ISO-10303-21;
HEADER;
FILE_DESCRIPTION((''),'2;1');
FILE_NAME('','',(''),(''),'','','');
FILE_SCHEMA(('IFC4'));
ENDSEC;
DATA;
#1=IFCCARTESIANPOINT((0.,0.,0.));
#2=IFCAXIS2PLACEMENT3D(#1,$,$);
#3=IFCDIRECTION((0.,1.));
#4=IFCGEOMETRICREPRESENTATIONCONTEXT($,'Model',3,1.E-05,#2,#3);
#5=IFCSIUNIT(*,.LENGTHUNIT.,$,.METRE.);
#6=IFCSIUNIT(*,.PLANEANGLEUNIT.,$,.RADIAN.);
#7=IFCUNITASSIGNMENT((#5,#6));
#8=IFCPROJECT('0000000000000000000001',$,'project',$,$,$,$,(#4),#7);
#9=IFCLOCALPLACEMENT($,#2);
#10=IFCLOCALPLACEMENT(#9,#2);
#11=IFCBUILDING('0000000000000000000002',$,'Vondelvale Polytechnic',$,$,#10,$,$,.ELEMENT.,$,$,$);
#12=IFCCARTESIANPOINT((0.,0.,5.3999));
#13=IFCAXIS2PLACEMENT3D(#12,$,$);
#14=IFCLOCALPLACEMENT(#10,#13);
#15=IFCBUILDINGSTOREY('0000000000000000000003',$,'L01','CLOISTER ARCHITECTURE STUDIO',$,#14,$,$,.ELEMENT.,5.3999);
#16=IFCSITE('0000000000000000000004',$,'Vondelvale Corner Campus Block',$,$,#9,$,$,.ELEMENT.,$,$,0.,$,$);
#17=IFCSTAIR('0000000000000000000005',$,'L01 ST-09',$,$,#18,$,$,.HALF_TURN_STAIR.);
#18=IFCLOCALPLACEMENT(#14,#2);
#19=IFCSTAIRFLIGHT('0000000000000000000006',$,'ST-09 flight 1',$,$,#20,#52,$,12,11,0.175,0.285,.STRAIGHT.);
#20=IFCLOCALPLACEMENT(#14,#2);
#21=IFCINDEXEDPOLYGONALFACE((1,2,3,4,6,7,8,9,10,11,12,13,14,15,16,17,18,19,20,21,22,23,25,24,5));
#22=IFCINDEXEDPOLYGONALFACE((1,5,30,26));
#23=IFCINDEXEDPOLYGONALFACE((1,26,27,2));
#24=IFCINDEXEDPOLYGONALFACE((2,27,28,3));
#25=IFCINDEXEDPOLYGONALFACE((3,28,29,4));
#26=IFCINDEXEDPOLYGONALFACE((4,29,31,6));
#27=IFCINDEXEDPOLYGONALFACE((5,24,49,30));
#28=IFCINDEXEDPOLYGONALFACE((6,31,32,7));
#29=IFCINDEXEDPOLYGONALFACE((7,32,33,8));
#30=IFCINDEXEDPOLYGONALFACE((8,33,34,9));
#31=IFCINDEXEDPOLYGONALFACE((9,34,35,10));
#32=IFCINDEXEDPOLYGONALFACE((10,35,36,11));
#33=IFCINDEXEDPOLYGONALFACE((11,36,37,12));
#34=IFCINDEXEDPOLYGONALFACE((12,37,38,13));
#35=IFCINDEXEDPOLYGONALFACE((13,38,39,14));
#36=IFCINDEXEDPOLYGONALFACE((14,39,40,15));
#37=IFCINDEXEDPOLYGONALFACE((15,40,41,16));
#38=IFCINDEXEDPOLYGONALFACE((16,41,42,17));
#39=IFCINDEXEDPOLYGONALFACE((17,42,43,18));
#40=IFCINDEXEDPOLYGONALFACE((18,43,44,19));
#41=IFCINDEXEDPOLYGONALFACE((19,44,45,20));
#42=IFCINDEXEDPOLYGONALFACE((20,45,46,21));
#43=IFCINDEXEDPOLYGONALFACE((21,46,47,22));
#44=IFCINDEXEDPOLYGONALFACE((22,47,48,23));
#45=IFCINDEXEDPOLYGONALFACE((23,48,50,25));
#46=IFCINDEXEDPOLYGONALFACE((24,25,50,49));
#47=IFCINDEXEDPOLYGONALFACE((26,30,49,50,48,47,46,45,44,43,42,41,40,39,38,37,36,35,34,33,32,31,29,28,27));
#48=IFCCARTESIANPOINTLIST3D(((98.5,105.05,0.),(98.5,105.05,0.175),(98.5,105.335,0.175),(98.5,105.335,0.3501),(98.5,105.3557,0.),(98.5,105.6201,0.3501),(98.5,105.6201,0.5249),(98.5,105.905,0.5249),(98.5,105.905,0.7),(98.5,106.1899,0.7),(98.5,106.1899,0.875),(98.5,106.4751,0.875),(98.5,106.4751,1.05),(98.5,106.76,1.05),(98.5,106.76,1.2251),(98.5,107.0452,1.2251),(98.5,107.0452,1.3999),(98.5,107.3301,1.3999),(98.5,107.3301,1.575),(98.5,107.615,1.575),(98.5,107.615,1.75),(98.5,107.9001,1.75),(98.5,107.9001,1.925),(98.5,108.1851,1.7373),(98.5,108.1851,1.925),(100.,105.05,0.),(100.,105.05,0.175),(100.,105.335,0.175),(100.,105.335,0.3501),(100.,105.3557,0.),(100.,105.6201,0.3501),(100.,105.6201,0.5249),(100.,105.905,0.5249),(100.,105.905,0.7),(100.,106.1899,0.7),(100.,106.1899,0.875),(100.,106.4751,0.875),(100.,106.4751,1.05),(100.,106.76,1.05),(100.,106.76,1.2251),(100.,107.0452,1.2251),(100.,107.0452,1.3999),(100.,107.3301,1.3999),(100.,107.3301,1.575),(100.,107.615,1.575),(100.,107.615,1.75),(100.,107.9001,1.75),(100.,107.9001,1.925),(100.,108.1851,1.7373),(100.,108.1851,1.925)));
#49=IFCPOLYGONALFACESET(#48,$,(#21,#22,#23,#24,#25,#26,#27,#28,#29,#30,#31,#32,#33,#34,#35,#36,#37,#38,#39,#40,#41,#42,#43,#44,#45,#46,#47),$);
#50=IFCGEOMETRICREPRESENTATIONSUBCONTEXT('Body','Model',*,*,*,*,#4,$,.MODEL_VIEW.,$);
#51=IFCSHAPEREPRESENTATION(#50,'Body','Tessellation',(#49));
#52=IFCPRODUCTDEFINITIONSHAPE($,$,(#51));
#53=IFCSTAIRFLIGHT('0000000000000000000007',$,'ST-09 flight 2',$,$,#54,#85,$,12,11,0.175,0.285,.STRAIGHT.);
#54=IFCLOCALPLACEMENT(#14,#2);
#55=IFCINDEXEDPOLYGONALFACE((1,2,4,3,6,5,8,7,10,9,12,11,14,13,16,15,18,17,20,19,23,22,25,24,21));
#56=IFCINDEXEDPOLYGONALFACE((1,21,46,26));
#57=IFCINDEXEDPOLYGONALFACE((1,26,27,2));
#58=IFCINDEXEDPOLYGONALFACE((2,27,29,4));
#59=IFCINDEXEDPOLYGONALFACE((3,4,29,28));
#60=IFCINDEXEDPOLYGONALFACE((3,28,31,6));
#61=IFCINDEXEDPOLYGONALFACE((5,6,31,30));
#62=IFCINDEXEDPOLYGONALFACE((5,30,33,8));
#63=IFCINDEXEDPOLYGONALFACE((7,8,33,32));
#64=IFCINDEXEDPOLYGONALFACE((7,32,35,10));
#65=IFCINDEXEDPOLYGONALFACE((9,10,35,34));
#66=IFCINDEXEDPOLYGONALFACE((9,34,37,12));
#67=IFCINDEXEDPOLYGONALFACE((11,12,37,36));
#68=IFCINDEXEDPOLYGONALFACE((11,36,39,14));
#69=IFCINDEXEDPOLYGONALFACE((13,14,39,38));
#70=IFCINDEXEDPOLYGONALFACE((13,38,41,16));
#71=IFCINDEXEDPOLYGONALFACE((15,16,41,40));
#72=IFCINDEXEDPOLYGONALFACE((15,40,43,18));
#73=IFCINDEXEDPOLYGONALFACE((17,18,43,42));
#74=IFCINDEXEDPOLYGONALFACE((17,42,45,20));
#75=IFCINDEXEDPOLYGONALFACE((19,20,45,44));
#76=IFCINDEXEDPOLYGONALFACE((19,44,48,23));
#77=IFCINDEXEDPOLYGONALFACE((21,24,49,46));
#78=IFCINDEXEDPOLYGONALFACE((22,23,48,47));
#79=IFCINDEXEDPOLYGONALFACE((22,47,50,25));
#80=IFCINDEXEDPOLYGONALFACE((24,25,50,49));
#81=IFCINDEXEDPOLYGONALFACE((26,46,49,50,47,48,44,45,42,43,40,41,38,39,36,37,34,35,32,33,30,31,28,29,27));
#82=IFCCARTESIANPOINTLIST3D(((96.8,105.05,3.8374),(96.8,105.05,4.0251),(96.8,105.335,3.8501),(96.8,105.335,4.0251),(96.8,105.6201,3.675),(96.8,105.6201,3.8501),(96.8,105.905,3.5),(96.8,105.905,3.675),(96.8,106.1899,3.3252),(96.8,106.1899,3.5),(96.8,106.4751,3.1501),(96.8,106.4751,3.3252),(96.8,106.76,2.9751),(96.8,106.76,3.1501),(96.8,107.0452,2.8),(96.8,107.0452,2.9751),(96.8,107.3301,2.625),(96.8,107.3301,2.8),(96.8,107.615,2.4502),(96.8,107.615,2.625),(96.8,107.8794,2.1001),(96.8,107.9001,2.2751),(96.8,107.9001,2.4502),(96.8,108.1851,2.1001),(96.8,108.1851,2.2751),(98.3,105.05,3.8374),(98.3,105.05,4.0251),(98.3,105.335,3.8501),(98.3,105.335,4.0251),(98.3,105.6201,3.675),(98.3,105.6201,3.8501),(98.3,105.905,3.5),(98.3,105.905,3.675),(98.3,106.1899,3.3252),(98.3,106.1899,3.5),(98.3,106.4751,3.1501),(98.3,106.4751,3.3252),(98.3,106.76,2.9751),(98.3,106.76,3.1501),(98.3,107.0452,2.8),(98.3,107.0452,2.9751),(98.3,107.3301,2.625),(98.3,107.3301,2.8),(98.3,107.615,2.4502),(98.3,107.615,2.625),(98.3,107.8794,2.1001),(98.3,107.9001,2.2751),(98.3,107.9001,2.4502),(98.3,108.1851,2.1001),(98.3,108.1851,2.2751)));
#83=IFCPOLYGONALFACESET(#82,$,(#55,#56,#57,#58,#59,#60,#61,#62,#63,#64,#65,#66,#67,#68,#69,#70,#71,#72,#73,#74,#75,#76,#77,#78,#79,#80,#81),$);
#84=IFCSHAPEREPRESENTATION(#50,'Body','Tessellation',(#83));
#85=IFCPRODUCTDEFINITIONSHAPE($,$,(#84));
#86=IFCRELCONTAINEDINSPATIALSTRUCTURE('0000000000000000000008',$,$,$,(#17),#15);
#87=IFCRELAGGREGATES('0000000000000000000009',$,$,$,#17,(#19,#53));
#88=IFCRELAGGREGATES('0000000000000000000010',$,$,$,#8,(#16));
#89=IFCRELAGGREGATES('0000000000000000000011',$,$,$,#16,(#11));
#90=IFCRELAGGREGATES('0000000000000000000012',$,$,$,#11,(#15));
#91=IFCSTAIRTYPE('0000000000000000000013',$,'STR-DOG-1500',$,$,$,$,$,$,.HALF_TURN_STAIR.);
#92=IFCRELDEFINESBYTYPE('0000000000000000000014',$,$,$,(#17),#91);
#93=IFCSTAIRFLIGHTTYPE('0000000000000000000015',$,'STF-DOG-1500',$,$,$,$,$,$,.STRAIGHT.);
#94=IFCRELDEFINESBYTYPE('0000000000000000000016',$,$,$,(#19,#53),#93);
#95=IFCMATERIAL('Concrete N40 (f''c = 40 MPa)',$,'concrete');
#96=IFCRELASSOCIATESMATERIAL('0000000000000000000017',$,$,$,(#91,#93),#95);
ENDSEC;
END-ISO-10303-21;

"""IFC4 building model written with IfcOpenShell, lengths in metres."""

from ifc_helpers import new_model, si_unit, direction, frame, origin, place, context, subcontext, project, spatial, polyline, outline, extrude, material, type_object, element, aggregate, save


model = new_model("IFC4")

# Units and contexts
model_context = context("Model", 3, precision=1e-05, world=origin(), true_north=direction((0.0, 1.0)))
body_context = subcontext(model_context, "Body", "Model", "MODEL_VIEW")
ifc_project = project(units=[si_unit("LENGTHUNIT", "METRE"), si_unit("PLANEANGLEUNIT", "RADIAN")], contexts=[model_context])

# Site, building, storey
site_placement = place(None, origin())
site = spatial("IfcSite", under=ifc_project, at=site_placement, Name="Vondelvale Corner Campus Block", CompositionType="ELEMENT", RefElevation=0.0)
building_placement = place(site_placement, origin())
building = spatial("IfcBuilding", under=site, at=building_placement, Name="Vondelvale Polytechnic", CompositionType="ELEMENT")
storey_placement = place(building_placement, frame((0.0, 0.0, 5.3999)))
storey = spatial("IfcBuildingStorey", under=building, at=storey_placement, Name="L01", Description="CLOISTER ARCHITECTURE STUDIO", CompositionType="ELEMENT", Elevation=5.3999)

# Shared definitions
ifc_material_1 = material(Name="Concrete N40 (f'c = 40 MPa)", Category="concrete")

# Stair, stair flights
stair_type = type_object("IfcStairType", Name="STR-DOG-1500", PredefinedType="HALF_TURN_STAIR", material=ifc_material_1)
stair_placement = place(storey_placement, origin())
stair = element("IfcStair", 1, at=stair_placement, inside=storey, type_object=stair_type, Name="L01 ST-09", PredefinedType="HALF_TURN_STAIR")
stair_flight_type = type_object("IfcStairFlightType", Name="STF-DOG-1500", PredefinedType="STRAIGHT", material=ifc_material_1)
stair_flight_1_placement = place(storey_placement, frame((99.25, 105.05, 0.0), z_axis=(0.0, 0.0, 1.0), x_axis=(0.0, 1.0, 0.0)))
stair_flight_1 = element("IfcStairFlight", 2, at=stair_flight_1_placement, type_object=stair_flight_type, Name="ST-09 flight 1", NumberOfRisers=12, NumberOfTreads=11, PredefinedType="STRAIGHT", RiserHeight=0.175, TreadLength=0.285, context=body_context, shape_type="SweptSolid", body=[
    extrude(outline(polyline([(0.0, 0.0), (0.0, 0.175), (0.2849, 0.175), (0.2849, 0.3501), (0.5701, 0.3501), (0.5701, 0.5249), (0.855, 0.5249), (0.855, 0.7), (1.1399, 0.7), (1.1399, 0.875), (1.425, 0.875), (1.425, 1.05), (1.71, 1.05), (1.71, 1.2251), (1.9951, 1.2251), (1.9951, 1.3999), (2.28, 1.3999), (2.28, 1.575), (2.5649, 1.575), (2.5649, 1.75), (2.8501, 1.75), (2.8501, 1.925), (3.135, 1.925), (3.135, 2.1001), (3.135, 1.7373), (0.3057, 0.0), (0.0, 0.0)])), frame((0.0, 0.75, 0.0), z_axis=(0.0, -1.0, 0.0), x_axis=(1.0, 0.0, 0.0)), (0.0, 0.0, 1.0), 1.5),
])
stair_flight_2_placement = place(storey_placement, frame((97.55, 108.1851, 2.1001), z_axis=(0.0, 0.0, 1.0), x_axis=(0.0, -1.0, 0.0)))
stair_flight_2 = element("IfcStairFlight", 3, at=stair_flight_2_placement, type_object=stair_flight_type, Name="ST-09 flight 2", NumberOfRisers=12, NumberOfTreads=11, PredefinedType="STRAIGHT", RiserHeight=0.175, TreadLength=0.285, context=body_context, shape_type="SweptSolid", body=[
    extrude(outline(polyline([(0.0, 0.0), (0.0, 0.175), (0.2849, 0.175), (0.2849, 0.3501), (0.5701, 0.3501), (0.5701, 0.5249), (0.855, 0.5249), (0.855, 0.7), (1.1399, 0.7), (1.1399, 0.875), (1.425, 0.875), (1.425, 1.05), (1.71, 1.05), (1.71, 1.2251), (1.9951, 1.2251), (1.9951, 1.3999), (2.28, 1.3999), (2.28, 1.575), (2.5649, 1.575), (2.5649, 1.75), (2.8501, 1.75), (2.8501, 1.925), (3.135, 1.925), (3.135, 2.1001), (3.135, 1.7373), (0.3057, 0.0), (0.0, 0.0)])), frame((0.0, 0.75, 0.0), z_axis=(0.0, -1.0, 0.0), x_axis=(1.0, 0.0, 0.0)), (0.0, 0.0, 1.0), 1.5),
])
aggregate(stair, [stair_flight_1, stair_flight_2])

save(model, "model.ifc")
